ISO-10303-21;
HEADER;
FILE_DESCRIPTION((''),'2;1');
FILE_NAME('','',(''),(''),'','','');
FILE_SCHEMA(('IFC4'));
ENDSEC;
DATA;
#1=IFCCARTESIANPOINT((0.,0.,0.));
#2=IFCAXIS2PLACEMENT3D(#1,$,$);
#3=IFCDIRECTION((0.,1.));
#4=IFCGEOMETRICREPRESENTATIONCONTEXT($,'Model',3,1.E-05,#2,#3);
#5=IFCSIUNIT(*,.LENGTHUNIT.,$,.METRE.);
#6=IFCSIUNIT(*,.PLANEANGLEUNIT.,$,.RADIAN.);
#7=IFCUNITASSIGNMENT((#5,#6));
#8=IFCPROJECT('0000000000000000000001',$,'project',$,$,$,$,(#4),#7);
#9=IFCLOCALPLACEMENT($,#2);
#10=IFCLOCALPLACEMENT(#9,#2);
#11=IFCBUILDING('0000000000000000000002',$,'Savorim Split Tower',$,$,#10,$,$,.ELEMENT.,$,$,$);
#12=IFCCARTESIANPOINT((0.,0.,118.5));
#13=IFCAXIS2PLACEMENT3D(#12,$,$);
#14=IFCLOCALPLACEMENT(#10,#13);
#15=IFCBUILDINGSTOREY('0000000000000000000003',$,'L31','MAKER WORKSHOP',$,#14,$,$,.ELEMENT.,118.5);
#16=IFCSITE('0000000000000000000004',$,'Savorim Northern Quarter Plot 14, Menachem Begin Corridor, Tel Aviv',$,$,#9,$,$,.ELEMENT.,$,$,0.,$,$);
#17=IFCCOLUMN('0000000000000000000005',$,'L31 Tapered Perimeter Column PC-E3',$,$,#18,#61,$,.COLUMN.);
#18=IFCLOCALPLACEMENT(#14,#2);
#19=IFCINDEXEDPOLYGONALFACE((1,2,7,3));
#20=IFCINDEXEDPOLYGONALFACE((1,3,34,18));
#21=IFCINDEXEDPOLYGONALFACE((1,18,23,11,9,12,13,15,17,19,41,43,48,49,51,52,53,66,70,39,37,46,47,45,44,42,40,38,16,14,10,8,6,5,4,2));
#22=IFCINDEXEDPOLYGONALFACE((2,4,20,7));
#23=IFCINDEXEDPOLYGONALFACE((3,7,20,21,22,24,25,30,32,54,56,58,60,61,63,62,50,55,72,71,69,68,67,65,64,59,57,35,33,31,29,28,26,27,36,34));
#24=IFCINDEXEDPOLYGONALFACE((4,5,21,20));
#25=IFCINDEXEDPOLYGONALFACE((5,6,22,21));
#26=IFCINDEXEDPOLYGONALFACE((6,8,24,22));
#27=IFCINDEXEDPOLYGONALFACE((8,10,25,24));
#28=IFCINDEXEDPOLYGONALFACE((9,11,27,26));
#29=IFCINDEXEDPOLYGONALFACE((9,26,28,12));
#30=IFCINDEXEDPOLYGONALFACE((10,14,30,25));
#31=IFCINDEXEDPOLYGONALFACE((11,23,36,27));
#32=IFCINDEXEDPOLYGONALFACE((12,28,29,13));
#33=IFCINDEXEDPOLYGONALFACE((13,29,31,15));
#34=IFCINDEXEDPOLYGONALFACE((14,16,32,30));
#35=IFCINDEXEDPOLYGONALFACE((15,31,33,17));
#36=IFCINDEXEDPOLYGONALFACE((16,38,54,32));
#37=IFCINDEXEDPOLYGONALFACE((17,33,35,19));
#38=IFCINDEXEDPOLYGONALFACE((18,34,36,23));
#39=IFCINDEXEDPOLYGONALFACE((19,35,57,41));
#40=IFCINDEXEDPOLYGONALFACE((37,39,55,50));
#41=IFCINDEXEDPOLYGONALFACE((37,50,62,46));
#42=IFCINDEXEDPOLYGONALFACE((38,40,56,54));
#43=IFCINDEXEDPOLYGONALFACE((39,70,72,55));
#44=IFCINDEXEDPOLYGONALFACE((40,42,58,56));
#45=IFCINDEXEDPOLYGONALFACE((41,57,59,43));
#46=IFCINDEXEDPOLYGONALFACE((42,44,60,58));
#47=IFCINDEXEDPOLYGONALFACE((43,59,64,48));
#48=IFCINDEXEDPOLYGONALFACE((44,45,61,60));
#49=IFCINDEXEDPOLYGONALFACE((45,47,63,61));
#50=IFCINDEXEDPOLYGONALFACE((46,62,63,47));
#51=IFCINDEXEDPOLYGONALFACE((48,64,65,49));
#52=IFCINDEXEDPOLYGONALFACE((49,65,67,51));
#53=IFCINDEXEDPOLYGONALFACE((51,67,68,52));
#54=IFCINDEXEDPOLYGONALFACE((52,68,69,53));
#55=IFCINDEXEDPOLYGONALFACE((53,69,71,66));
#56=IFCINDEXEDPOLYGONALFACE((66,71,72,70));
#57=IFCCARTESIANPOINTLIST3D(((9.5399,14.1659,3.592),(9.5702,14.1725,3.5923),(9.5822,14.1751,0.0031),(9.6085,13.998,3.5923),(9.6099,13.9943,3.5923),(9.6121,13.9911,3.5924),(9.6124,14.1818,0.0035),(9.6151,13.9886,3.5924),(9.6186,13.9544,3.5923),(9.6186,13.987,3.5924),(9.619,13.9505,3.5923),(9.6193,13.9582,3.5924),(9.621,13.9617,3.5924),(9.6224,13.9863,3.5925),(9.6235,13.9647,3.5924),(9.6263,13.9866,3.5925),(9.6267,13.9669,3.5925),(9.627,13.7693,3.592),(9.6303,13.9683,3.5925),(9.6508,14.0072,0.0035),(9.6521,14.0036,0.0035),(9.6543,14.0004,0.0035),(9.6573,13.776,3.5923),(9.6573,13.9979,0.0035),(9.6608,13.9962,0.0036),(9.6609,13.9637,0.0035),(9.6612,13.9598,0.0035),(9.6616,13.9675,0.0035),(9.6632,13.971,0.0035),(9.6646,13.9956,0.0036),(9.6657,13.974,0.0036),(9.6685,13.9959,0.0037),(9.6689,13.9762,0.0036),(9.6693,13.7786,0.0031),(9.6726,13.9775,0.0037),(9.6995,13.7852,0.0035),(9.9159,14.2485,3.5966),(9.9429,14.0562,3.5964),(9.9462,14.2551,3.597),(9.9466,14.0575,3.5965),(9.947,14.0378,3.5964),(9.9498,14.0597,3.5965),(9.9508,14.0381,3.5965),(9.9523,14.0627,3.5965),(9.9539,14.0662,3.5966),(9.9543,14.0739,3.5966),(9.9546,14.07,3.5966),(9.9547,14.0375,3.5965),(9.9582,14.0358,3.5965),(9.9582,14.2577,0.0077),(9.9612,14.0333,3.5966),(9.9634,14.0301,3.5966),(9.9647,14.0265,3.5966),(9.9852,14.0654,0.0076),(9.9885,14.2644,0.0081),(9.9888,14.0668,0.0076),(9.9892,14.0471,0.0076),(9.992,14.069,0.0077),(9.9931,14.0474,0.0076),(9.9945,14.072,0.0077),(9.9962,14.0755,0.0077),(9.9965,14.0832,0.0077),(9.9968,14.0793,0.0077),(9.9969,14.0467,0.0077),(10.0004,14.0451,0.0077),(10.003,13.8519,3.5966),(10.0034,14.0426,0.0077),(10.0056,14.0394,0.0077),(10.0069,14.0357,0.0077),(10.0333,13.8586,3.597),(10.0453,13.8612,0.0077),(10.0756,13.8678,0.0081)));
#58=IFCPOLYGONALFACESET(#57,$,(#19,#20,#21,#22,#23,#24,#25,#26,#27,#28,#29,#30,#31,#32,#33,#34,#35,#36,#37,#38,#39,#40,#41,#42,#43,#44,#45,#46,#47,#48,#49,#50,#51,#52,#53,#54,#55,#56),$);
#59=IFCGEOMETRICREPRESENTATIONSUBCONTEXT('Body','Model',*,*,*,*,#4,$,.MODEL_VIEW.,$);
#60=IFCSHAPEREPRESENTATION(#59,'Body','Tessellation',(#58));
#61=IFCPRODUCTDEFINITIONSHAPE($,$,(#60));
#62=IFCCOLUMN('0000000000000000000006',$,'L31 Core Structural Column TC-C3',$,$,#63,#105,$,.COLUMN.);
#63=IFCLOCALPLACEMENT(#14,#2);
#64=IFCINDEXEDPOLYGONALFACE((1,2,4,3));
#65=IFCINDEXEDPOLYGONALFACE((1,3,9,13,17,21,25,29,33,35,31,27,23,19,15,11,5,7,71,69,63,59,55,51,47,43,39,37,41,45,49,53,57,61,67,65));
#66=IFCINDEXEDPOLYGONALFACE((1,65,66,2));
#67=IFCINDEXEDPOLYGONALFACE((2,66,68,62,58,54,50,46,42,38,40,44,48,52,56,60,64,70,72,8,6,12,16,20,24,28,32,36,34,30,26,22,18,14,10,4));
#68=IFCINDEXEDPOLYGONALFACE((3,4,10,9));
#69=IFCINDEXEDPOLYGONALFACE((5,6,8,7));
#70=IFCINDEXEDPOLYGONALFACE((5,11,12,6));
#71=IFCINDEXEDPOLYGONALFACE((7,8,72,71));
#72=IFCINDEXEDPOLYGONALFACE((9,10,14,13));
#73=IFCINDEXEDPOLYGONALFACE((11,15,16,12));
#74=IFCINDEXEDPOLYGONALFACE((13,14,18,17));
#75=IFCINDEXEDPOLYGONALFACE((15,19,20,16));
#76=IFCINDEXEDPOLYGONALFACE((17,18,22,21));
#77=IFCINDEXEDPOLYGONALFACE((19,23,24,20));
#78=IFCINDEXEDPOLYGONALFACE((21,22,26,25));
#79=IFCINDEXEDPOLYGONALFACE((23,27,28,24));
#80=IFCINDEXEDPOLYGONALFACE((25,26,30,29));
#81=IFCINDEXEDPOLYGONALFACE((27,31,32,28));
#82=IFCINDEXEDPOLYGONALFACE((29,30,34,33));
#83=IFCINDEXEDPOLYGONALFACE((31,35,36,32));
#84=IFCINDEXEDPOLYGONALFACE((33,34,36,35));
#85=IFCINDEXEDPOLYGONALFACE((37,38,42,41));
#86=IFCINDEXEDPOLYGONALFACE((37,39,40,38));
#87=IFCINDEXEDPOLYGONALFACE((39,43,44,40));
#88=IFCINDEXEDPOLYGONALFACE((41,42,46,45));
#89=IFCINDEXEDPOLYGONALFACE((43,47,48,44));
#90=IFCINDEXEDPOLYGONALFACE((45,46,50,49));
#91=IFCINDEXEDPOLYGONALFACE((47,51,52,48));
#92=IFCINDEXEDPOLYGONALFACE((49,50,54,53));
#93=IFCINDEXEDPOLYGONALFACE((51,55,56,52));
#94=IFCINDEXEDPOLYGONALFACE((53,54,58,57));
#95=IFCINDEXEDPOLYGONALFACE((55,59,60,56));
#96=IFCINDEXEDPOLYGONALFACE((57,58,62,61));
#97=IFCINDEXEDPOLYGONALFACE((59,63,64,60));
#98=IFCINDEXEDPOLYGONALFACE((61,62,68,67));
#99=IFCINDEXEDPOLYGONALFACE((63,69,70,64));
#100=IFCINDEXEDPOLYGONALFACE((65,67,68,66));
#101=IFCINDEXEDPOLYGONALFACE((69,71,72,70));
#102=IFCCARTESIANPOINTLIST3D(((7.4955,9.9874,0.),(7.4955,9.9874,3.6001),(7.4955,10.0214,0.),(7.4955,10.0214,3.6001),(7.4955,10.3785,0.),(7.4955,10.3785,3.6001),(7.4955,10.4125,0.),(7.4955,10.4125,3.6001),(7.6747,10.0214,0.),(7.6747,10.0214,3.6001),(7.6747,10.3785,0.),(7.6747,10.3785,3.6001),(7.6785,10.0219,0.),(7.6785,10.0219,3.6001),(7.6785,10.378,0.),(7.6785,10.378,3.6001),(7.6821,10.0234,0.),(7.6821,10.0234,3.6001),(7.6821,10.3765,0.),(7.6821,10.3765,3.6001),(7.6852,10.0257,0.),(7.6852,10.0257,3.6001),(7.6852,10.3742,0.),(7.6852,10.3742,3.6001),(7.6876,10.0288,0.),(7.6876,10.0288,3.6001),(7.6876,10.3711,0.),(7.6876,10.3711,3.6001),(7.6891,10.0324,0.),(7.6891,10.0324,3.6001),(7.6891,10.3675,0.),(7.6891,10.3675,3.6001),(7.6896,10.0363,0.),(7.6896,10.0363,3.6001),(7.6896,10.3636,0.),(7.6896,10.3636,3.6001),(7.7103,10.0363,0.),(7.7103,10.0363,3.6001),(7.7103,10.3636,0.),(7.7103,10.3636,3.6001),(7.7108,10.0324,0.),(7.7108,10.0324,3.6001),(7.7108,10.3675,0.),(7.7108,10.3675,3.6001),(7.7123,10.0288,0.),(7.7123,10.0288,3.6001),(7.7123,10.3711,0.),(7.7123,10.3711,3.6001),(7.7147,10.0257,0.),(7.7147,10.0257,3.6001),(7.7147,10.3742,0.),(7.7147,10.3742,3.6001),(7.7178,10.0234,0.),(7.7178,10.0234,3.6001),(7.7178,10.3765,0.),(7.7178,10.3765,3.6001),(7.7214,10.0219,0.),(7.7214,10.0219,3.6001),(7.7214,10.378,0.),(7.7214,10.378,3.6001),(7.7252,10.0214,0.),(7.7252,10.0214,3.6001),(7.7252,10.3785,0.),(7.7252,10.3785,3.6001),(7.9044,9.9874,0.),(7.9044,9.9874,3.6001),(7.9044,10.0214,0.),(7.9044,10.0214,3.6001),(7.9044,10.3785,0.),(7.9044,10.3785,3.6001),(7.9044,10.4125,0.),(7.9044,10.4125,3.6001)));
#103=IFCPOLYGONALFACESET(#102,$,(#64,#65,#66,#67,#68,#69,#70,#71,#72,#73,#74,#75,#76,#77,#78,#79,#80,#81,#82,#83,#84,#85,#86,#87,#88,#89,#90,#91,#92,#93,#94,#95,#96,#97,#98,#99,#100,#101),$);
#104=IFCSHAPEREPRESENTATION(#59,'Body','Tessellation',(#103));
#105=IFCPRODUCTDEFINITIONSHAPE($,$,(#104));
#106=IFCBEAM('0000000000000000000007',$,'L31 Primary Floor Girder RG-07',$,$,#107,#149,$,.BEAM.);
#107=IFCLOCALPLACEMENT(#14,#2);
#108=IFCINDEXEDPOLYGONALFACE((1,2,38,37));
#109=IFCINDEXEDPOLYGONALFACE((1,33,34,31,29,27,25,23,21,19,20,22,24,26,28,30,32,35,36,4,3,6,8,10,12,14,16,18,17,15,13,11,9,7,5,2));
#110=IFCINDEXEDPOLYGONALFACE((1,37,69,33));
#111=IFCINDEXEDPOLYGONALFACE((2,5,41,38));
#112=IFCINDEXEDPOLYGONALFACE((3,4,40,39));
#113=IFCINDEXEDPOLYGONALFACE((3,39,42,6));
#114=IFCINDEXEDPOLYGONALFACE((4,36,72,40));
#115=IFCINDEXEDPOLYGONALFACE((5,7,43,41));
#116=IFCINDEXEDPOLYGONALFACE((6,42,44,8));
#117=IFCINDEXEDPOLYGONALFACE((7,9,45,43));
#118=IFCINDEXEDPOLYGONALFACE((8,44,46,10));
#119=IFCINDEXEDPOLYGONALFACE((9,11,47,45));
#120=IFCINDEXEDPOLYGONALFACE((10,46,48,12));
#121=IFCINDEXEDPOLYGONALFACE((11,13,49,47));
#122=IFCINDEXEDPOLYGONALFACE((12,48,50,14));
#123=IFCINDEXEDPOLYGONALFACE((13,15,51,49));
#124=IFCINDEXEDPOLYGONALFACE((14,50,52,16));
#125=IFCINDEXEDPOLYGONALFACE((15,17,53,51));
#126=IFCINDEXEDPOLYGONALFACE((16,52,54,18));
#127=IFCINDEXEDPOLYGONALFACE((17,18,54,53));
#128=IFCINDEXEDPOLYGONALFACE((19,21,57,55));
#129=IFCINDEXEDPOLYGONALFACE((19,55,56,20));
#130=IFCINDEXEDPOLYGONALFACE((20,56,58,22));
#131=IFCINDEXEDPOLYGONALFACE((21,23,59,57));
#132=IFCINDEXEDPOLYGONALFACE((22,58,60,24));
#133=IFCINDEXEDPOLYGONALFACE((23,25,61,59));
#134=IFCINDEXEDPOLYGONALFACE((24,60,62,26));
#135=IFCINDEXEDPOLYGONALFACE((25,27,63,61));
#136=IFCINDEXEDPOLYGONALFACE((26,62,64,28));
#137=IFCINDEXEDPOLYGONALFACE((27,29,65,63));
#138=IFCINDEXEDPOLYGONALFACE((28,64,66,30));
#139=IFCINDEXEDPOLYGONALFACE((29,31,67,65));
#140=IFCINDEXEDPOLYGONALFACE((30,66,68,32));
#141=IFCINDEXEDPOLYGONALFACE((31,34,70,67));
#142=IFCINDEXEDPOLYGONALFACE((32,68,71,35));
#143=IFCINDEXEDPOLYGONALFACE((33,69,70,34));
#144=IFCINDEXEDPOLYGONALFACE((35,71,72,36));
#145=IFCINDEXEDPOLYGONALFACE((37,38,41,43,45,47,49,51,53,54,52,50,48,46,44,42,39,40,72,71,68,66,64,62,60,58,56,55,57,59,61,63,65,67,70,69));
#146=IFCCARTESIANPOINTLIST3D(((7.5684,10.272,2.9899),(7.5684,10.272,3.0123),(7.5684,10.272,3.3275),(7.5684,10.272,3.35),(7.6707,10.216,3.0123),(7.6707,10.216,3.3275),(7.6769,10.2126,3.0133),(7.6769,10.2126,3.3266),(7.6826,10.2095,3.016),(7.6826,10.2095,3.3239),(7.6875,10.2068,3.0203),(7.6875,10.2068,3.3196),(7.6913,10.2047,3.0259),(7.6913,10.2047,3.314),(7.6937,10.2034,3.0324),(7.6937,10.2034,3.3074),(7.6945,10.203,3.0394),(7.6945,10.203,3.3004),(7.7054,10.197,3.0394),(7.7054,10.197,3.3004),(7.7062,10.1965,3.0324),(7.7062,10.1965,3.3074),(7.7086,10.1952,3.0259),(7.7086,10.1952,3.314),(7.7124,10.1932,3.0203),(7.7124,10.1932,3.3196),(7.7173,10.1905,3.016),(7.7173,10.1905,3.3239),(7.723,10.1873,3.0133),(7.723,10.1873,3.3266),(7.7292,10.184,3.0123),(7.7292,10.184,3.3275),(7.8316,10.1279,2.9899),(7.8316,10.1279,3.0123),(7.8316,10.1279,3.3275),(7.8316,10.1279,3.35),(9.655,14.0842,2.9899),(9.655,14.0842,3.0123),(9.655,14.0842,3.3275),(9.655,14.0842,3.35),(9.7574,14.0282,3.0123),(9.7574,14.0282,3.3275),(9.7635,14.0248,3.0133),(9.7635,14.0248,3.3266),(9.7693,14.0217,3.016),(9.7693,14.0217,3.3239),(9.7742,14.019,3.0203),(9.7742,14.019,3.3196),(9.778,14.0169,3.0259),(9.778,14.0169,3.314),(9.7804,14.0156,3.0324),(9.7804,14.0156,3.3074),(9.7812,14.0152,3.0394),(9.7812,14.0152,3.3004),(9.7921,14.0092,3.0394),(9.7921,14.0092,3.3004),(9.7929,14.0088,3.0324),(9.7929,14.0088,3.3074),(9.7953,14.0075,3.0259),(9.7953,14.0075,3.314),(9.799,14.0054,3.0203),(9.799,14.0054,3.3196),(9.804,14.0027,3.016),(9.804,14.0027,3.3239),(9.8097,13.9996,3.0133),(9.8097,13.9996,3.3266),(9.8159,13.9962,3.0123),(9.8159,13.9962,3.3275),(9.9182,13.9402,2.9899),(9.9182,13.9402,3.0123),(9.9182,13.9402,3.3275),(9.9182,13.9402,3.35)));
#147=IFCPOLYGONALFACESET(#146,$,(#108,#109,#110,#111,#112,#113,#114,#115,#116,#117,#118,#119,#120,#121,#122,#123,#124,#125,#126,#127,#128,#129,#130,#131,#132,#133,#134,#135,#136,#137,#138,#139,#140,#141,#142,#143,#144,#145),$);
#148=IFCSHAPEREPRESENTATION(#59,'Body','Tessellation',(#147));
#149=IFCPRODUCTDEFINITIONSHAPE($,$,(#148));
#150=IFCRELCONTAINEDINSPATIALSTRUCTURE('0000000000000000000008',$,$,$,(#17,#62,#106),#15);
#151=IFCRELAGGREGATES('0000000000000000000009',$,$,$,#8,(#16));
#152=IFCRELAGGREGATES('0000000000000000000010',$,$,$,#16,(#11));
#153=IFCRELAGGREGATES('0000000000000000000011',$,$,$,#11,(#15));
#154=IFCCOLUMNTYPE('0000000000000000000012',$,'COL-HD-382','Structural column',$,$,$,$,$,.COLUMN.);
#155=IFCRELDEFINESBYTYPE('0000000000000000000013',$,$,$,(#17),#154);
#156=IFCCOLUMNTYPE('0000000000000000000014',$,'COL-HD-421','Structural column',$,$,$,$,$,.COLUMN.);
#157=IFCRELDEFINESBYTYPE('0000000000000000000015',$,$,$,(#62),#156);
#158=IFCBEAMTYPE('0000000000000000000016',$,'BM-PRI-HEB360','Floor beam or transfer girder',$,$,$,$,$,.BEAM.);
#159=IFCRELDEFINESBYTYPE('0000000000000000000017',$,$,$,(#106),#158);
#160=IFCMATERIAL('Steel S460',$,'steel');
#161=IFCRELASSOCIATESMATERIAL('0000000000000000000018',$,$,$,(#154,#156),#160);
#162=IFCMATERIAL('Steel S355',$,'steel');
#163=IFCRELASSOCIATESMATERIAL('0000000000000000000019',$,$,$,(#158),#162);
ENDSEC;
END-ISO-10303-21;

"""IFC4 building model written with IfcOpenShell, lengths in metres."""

from ifc_helpers import new_model, si_unit, direction, frame, origin, origin_2d, place, context, subcontext, project, spatial, i_section, extrude, material, material_profile, profile_set, type_object, element, save


model = new_model("IFC4")

# Units and contexts
model_context = context("Model", 3, precision=1e-05, world=origin(), true_north=direction((0.0, 1.0)))
body_context = subcontext(model_context, "Body", "Model", "MODEL_VIEW")
ifc_project = project(units=[si_unit("LENGTHUNIT", "METRE"), si_unit("PLANEANGLEUNIT", "RADIAN")], contexts=[model_context])

# Site, building, storey
site_placement = place(None, origin())
site = spatial("IfcSite", under=ifc_project, at=site_placement, Name="Savorim Northern Quarter Plot 14, Menachem Begin Corridor, Tel Aviv", CompositionType="ELEMENT", RefElevation=0.0)
building_placement = place(site_placement, origin())
building = spatial("IfcBuilding", under=site, at=building_placement, Name="Savorim Split Tower", CompositionType="ELEMENT")
storey_placement = place(building_placement, frame((0.0, 0.0, 118.5)))
storey = spatial("IfcBuildingStorey", under=building, at=storey_placement, Name="L31", Description="MAKER WORKSHOP", CompositionType="ELEMENT", Elevation=118.5)

# Columns
ifc_material_1 = material(Name="Steel S460", Category="steel")
ifc_material_profile_1 = material_profile(ifc_material_1, i_section(OverallWidth=0.406, OverallDepth=0.416, WebThickness=0.0188, FlangeThickness=0.031, FilletRadius=0.0149, at=origin_2d()), Name="HD 400x382")
ifc_profile_set_1 = profile_set([ifc_material_profile_1], Name="Steel S460")
column_type_1 = type_object("IfcColumnType", Name="COL-HD-382", Description="Structural column", PredefinedType="COLUMN", material=ifc_profile_set_1)
column_1_placement = place(storey_placement, frame((9.8289, 14.0215, 0.0056), z_axis=(-0.011768, -0.002585, 0.999927), x_axis=(0.214539, -0.976715, 0.0)))
element("IfcColumn", 1, at=column_1_placement, inside=storey, type_object=column_type_1, Name="L31 Tapered Perimeter Column PC-E3", PredefinedType="COLUMN", context=body_context, shape_type="SweptSolid", body=[
    extrude(i_section(OverallWidth=0.406, OverallDepth=0.416, WebThickness=0.0188, FlangeThickness=0.031, FilletRadius=0.0149, at=origin_2d()), origin(), (0.0, 0.0, 1.0), 3.5891),
])
ifc_material_profile_2 = material_profile(ifc_material_1, i_section(OverallWidth=0.4089, OverallDepth=0.425, WebThickness=0.0208, FlangeThickness=0.0339, FilletRadius=0.0149, at=origin_2d()), Name="HD 400x421")
ifc_profile_set_2 = profile_set([ifc_material_profile_2], Name="Steel S460")
column_type_2 = type_object("IfcColumnType", Name="COL-HD-421", Description="Structural column", PredefinedType="COLUMN", material=ifc_profile_set_2)
column_2_placement = place(storey_placement, frame((7.7, 10.2, 0.0), z_axis=(0.0, 0.0, 1.0), x_axis=(1.0, 0.0, 0.0)))
element("IfcColumn", 2, at=column_2_placement, inside=storey, type_object=column_type_2, Name="L31 Core Structural Column TC-C3", PredefinedType="COLUMN", context=body_context, shape_type="SweptSolid", body=[
    extrude(i_section(OverallWidth=0.4089, OverallDepth=0.425, WebThickness=0.0208, FlangeThickness=0.0339, FilletRadius=0.0149, at=origin_2d()), origin(), (0.0, 0.0, 1.0), 3.6001),
])

# Beam
ifc_material_2 = material(Name="Steel S355", Category="steel")
ifc_material_profile_3 = material_profile(ifc_material_2, i_section(OverallWidth=0.3, OverallDepth=0.3601, WebThickness=0.0125, FlangeThickness=0.0225, FilletRadius=0.0271, at=origin_2d()), Name="HEB 360")
ifc_profile_set_3 = profile_set([ifc_material_profile_3], Name="Steel S355")
beam_type_1 = type_object("IfcBeamType", Name="BM-PRI-HEB360", Description="Floor beam or transfer girder", PredefinedType="BEAM", material=ifc_profile_set_3)
beam_1_placement = place(storey_placement, frame((9.7866, 14.0122, 3.1699), z_axis=(-0.480139, -0.877193, 0.0), x_axis=(0.877193, -0.480139, 0.0)))
element("IfcBeam", 3, at=beam_1_placement, inside=storey, type_object=beam_type_1, Name="L31 Primary Floor Girder RG-07", PredefinedType="BEAM", context=body_context, shape_type="SweptSolid", body=[
    extrude(i_section(OverallWidth=0.3, OverallDepth=0.3601, WebThickness=0.0125, FlangeThickness=0.0225, FilletRadius=0.0271, at=origin_2d()), origin(), (0.0, 0.0, 1.0), 4.3459),
])

save(model, "model.ifc")
